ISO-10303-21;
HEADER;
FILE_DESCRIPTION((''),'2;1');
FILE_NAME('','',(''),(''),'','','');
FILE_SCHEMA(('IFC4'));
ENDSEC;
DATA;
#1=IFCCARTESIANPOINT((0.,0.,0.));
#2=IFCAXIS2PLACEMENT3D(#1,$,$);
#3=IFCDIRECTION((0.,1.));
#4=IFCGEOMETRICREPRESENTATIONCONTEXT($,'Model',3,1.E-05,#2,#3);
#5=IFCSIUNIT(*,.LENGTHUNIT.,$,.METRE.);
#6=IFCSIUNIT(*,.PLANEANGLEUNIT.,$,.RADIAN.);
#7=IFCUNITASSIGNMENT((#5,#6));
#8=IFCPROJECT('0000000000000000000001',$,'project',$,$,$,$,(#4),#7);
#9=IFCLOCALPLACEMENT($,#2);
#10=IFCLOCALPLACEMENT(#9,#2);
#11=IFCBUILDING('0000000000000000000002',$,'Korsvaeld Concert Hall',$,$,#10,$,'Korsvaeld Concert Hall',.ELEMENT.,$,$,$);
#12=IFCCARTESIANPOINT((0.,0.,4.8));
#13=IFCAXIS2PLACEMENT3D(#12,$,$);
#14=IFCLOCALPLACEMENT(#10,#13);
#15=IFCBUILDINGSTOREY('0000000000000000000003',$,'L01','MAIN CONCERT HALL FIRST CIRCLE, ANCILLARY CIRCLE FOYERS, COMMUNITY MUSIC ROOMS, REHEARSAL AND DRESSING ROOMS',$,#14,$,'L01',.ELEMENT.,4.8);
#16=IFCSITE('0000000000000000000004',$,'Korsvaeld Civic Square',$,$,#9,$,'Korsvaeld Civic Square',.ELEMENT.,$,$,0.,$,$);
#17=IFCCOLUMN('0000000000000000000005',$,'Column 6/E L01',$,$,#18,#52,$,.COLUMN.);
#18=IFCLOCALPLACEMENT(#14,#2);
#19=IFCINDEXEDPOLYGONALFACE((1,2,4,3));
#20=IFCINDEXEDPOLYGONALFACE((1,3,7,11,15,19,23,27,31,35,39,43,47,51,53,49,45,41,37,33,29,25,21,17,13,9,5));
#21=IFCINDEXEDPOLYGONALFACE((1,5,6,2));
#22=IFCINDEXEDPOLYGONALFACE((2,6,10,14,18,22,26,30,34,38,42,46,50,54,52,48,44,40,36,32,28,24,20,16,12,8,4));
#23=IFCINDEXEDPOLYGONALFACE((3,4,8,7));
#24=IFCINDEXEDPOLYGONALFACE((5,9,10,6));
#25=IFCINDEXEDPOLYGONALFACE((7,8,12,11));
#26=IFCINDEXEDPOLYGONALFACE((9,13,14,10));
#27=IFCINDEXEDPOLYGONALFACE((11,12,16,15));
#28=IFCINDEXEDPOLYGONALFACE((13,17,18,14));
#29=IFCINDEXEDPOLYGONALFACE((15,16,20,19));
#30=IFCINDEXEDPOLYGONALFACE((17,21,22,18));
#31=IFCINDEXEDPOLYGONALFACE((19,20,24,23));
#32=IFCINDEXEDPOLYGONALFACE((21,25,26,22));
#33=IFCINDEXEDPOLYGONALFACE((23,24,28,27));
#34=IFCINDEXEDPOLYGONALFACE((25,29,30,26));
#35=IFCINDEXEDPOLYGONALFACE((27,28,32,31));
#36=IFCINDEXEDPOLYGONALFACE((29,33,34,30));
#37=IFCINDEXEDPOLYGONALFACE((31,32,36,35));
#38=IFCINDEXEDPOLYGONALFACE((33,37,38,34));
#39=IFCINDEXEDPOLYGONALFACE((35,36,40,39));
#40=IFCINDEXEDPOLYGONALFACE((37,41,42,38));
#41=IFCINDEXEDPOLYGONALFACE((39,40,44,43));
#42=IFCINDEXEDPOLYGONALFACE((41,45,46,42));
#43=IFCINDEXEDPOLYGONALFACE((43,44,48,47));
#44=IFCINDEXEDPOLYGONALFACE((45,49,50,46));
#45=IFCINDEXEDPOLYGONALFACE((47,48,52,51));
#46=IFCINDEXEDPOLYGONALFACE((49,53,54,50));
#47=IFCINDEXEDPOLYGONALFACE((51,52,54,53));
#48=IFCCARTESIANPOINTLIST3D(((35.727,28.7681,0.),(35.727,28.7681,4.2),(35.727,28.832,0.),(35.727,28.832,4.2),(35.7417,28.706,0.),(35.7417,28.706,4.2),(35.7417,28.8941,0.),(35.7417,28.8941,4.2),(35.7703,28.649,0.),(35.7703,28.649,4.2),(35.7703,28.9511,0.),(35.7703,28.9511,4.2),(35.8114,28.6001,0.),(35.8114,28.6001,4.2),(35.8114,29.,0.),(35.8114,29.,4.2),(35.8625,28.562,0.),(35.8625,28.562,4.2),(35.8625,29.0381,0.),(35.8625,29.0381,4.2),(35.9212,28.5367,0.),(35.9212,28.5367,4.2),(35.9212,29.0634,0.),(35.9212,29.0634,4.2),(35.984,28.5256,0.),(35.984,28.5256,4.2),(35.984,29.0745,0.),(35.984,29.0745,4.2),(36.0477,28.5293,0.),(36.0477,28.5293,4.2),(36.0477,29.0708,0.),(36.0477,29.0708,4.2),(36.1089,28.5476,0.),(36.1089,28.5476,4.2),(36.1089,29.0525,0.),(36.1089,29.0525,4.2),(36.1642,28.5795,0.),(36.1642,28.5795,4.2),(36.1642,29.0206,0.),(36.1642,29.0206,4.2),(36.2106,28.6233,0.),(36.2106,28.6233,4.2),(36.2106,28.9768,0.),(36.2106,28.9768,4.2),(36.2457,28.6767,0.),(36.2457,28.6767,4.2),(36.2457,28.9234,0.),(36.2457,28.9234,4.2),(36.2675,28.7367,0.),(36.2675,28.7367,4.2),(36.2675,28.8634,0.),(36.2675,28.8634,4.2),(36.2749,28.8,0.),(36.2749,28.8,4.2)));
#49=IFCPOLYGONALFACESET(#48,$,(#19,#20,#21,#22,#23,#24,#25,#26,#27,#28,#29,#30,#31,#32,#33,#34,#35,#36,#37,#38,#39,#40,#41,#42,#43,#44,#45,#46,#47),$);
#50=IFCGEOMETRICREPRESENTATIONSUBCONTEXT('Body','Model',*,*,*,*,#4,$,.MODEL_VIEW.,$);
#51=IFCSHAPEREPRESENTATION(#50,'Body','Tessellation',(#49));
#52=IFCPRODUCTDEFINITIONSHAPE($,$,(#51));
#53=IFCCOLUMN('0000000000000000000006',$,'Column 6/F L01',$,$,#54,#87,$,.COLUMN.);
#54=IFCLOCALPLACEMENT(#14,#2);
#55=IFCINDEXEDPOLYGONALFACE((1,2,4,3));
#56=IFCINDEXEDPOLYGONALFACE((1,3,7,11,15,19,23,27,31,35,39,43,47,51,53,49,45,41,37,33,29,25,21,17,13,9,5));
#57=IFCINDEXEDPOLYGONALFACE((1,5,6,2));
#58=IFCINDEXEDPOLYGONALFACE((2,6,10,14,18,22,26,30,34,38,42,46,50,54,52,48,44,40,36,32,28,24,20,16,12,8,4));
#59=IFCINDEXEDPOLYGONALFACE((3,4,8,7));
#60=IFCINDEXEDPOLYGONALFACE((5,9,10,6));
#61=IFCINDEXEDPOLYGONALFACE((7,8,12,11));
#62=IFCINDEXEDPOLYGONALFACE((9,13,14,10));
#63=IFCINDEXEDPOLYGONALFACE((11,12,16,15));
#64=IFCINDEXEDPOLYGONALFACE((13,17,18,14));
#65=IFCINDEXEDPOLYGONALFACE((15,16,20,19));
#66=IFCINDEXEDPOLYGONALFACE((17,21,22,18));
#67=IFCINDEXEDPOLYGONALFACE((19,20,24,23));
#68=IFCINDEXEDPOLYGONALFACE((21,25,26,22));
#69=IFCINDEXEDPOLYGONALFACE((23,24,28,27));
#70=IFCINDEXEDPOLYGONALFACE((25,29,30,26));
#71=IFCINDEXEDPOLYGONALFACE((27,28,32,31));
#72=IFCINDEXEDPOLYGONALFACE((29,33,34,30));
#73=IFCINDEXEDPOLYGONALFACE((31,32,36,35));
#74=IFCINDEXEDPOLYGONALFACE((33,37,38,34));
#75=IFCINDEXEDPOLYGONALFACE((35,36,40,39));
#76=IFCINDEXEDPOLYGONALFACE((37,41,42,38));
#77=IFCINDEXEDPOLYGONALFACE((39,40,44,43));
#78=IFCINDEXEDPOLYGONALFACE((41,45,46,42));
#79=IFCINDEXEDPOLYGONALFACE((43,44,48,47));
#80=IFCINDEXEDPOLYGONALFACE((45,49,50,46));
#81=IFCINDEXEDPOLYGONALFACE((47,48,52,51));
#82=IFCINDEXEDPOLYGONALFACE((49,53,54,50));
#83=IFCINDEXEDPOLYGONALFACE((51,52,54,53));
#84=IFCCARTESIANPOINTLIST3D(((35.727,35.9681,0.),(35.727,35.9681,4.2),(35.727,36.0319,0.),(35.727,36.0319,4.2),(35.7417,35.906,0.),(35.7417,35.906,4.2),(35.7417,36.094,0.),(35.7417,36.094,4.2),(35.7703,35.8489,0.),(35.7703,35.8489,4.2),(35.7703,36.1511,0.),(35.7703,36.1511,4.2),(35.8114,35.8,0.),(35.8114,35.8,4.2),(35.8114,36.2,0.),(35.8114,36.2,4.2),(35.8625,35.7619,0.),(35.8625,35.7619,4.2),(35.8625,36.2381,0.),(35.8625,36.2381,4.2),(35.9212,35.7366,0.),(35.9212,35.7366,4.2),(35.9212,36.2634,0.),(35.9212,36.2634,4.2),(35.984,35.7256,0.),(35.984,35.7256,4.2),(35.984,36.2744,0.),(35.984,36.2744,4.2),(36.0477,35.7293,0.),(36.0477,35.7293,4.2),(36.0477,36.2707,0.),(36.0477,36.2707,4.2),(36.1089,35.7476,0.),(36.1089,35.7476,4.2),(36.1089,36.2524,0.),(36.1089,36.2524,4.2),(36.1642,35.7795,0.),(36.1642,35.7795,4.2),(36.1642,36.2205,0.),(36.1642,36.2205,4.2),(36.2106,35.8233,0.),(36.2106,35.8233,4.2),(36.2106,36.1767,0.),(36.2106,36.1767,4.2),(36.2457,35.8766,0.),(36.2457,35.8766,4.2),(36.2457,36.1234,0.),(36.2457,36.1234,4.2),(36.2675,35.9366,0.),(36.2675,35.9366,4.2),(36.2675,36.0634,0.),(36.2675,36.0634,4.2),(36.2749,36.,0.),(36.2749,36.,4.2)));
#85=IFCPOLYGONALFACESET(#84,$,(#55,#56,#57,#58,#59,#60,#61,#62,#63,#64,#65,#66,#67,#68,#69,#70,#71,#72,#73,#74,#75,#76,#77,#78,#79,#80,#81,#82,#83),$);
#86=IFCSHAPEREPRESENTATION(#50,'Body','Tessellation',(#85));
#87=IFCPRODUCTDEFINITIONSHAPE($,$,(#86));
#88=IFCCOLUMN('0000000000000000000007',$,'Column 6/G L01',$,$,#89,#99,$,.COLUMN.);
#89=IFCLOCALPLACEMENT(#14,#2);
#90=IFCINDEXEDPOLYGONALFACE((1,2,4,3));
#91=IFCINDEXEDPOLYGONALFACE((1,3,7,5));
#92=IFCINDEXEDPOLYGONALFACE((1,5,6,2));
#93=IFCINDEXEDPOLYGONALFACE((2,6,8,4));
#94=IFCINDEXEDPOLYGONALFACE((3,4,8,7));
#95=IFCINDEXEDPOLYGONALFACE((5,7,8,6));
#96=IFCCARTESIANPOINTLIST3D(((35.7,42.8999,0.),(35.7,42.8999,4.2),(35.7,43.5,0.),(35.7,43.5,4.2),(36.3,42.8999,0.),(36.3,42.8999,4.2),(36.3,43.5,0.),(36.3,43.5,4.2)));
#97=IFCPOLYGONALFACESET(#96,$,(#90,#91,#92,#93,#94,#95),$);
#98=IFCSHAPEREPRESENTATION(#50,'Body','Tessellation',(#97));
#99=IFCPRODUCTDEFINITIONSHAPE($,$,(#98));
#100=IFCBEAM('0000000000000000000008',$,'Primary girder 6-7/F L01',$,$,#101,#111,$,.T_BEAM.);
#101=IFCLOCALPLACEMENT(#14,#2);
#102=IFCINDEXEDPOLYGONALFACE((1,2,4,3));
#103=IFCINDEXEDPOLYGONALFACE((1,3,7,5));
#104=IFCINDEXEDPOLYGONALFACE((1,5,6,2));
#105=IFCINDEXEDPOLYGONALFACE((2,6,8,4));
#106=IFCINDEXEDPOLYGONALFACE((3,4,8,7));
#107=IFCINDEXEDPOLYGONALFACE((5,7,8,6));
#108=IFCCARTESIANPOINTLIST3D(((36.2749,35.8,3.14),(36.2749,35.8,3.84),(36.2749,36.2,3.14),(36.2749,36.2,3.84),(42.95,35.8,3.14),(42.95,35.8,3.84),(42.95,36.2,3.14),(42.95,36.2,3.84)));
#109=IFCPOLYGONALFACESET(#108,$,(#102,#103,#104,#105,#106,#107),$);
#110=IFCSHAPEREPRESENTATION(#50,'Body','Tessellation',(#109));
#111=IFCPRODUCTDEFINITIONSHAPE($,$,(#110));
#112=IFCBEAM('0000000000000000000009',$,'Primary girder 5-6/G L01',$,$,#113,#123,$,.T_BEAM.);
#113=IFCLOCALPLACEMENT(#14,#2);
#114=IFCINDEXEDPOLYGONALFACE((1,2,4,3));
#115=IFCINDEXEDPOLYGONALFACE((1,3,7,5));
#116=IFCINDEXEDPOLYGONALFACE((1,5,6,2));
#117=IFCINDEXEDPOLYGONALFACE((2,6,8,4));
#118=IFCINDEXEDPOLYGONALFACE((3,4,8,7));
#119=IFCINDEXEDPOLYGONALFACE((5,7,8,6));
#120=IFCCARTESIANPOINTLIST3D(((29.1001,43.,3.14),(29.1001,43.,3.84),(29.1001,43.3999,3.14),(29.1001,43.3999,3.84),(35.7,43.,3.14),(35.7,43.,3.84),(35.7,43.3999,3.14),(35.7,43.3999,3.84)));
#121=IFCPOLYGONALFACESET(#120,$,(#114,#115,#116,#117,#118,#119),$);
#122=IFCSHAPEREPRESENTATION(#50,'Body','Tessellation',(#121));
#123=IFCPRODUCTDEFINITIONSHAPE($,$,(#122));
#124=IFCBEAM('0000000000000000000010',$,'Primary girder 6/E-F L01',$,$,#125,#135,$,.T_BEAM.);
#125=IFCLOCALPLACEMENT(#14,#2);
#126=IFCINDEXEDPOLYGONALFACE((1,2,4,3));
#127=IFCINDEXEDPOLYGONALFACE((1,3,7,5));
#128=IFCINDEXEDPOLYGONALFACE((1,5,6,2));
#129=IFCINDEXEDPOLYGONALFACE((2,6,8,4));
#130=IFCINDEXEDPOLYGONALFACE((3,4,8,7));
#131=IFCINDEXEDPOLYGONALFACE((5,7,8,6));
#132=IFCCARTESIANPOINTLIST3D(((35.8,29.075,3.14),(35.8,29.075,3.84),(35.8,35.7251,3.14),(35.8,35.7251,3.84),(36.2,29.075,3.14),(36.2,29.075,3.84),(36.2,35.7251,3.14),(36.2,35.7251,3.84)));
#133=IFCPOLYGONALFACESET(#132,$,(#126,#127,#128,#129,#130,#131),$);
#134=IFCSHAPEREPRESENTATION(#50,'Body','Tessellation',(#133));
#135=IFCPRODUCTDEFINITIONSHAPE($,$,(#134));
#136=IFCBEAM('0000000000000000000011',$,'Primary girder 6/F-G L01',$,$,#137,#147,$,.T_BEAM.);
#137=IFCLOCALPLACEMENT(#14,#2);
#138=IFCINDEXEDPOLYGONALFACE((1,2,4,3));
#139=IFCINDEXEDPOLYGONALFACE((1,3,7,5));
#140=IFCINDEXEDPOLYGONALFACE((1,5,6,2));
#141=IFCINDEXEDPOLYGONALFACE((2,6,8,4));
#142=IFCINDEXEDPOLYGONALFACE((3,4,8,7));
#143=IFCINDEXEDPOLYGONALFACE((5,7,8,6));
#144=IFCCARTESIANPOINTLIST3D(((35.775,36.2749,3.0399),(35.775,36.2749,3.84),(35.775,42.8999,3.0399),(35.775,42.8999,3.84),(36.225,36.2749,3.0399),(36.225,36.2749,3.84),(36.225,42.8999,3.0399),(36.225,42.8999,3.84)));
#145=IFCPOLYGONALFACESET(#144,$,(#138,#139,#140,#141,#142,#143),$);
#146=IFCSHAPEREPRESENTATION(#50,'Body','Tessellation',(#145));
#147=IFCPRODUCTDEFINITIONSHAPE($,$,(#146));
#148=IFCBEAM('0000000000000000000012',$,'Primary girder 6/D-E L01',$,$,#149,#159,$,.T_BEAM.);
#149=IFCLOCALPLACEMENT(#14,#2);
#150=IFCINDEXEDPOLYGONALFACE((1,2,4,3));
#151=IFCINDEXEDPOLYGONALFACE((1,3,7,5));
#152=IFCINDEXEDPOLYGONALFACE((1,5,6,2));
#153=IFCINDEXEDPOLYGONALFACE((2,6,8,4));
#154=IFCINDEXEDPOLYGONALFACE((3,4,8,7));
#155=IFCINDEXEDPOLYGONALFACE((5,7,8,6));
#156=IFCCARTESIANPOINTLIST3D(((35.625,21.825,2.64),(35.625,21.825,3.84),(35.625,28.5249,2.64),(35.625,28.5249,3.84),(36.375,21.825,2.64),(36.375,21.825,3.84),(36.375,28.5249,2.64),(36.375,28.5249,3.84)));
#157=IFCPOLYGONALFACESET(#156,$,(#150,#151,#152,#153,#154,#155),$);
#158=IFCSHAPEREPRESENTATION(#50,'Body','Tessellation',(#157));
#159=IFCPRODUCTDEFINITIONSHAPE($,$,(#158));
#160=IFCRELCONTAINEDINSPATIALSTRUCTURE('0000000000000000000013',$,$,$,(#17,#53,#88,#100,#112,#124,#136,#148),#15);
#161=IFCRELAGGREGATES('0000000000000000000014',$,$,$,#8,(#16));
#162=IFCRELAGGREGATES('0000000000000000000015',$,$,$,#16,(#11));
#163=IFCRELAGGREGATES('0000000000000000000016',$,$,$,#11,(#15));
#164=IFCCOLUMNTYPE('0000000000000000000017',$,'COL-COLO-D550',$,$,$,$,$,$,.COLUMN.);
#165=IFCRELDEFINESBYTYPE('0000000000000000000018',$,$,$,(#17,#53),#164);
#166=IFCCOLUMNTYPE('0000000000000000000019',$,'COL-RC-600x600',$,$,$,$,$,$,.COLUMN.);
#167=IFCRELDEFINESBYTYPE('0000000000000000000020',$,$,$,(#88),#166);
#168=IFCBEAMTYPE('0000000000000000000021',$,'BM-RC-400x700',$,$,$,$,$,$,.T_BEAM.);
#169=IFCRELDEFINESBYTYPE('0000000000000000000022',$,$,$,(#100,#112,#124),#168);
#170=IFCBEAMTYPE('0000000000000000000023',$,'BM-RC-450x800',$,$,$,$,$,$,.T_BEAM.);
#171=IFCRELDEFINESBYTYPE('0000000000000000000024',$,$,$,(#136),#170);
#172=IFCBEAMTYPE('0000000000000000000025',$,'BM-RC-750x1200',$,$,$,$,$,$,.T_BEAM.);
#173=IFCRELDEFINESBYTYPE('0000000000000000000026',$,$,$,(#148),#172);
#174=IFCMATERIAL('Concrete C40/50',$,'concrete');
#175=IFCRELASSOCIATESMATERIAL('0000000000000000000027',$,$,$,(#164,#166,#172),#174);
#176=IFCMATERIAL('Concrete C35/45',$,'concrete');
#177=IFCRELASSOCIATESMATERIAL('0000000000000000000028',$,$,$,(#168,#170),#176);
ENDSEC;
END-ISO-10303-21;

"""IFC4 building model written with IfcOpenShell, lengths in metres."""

from ifc_helpers import new_model, si_unit, direction, frame, origin, origin_2d, place, context, subcontext, project, spatial, rectangle, circle, extrude, material, material_profile, profile_set, type_object, element, save


model = new_model("IFC4")

# Units and contexts
model_context = context("Model", 3, precision=1e-05, world=origin(), true_north=direction((0.0, 1.0)))
body_context = subcontext(model_context, "Body", "Model", "MODEL_VIEW")
ifc_project = project(units=[si_unit("LENGTHUNIT", "METRE"), si_unit("PLANEANGLEUNIT", "RADIAN")], contexts=[model_context])

# Site, building, storey
site_placement = place(None, origin())
site = spatial("IfcSite", under=ifc_project, at=site_placement, Name="Korsvaeld Civic Square", LongName="Korsvaeld Civic Square", CompositionType="ELEMENT", RefElevation=0.0)
building_placement = place(site_placement, origin())
building = spatial("IfcBuilding", under=site, at=building_placement, Name="Korsvaeld Concert Hall", LongName="Korsvaeld Concert Hall", CompositionType="ELEMENT")
storey_placement = place(building_placement, frame((0.0, 0.0, 4.8)))
storey = spatial("IfcBuildingStorey", under=building, at=storey_placement, Name="L01", Description="MAIN CONCERT HALL FIRST CIRCLE, ANCILLARY CIRCLE FOYERS, COMMUNITY MUSIC ROOMS, REHEARSAL AND DRESSING ROOMS", LongName="L01", CompositionType="ELEMENT", Elevation=4.8)

# Columns
ifc_material_1 = material(Name="Concrete C40/50", Category="concrete")
ifc_material_profile_1 = material_profile(ifc_material_1, circle(Radius=0.2749, at=origin_2d()), Name="RC D550")
ifc_profile_set_1 = profile_set([ifc_material_profile_1], Name="Concrete C40/50")
column_type_1 = type_object("IfcColumnType", Name="COL-COLO-D550", PredefinedType="COLUMN", material=ifc_profile_set_1)
for number, where, z_axis, x_axis, name in (
    (1, (36.0, 28.8, 0.0), (0.0, 0.0, 1.0), (1.0, 0.0, 0.0), "Column 6/E L01"),
    (2, (36.0, 36.0, 0.0), (0.0, 0.0, 1.0), (1.0, 0.0, 0.0), "Column 6/F L01"),
):
    element("IfcColumn", number, at=place(storey_placement, frame(where, z_axis=z_axis, x_axis=x_axis)), inside=storey, type_object=column_type_1, Name=name, PredefinedType="COLUMN", context=body_context, shape_type="SweptSolid", body=[
        extrude(circle(Radius=0.2749, at=origin_2d()), origin(), (0.0, 0.0, 1.0), 4.2),
    ])
ifc_material_profile_2 = material_profile(ifc_material_1, rectangle(XDim=0.6001, YDim=0.6001, at=origin_2d()), Name="RC 600x600")
ifc_profile_set_2 = profile_set([ifc_material_profile_2], Name="Concrete C40/50")
column_type_2 = type_object("IfcColumnType", Name="COL-RC-600x600", PredefinedType="COLUMN", material=ifc_profile_set_2)
column_placement = place(storey_placement, frame((36.0, 43.2, 0.0), z_axis=(0.0, 0.0, 1.0), x_axis=(1.0, 0.0, 0.0)))
element("IfcColumn", 3, at=column_placement, inside=storey, type_object=column_type_2, Name="Column 6/G L01", PredefinedType="COLUMN", context=body_context, shape_type="SweptSolid", body=[
    extrude(rectangle(XDim=0.6001, YDim=0.6001, at=origin_2d()), origin(), (0.0, 0.0, 1.0), 4.2),
])

# Beams
ifc_material_2 = material(Name="Concrete C35/45", Category="concrete")
ifc_material_profile_3 = material_profile(ifc_material_2, rectangle(XDim=0.3999, YDim=0.7, at=origin_2d()), Name="RC 400x700")
ifc_profile_set_3 = profile_set([ifc_material_profile_3], Name="Concrete C35/45")
beam_type_1 = type_object("IfcBeamType", Name="BM-RC-400x700", PredefinedType="T_BEAM", material=ifc_profile_set_3)
beam_1_placement = place(storey_placement, frame((36.2749, 36.0, 3.49), z_axis=(1.0, 0.0, 0.0), x_axis=(0.0, 1.0, 0.0)))
element("IfcBeam", 4, at=beam_1_placement, inside=storey, type_object=beam_type_1, Name="Primary girder 6-7/F L01", PredefinedType="T_BEAM", context=body_context, shape_type="SweptSolid", body=[
    extrude(rectangle(XDim=0.3999, YDim=0.7, at=origin_2d()), origin(), (0.0, 0.0, 1.0), 6.675),
])
beam_2_placement = place(storey_placement, frame((29.1001, 43.2, 3.49), z_axis=(1.0, 0.0, 0.0), x_axis=(0.0, 1.0, 0.0)))
element("IfcBeam", 5, at=beam_2_placement, inside=storey, type_object=beam_type_1, Name="Primary girder 5-6/G L01", PredefinedType="T_BEAM", context=body_context, shape_type="SweptSolid", body=[
    extrude(rectangle(XDim=0.3999, YDim=0.7, at=origin_2d()), origin(), (0.0, 0.0, 1.0), 6.5999),
])
beam_3_placement = place(storey_placement, frame((36.0, 29.075, 3.49), z_axis=(0.0, 1.0, 0.0), x_axis=(-1.0, 0.0, 0.0)))
element("IfcBeam", 6, at=beam_3_placement, inside=storey, type_object=beam_type_1, Name="Primary girder 6/E-F L01", PredefinedType="T_BEAM", context=body_context, shape_type="SweptSolid", body=[
    extrude(rectangle(XDim=0.3999, YDim=0.7, at=origin_2d()), origin(), (0.0, 0.0, 1.0), 6.6501),
])
ifc_material_profile_4 = material_profile(ifc_material_2, rectangle(XDim=0.45, YDim=0.8, at=origin_2d()), Name="RC 450x800")
ifc_profile_set_4 = profile_set([ifc_material_profile_4], Name="Concrete C35/45")
beam_type_2 = type_object("IfcBeamType", Name="BM-RC-450x800", PredefinedType="T_BEAM", material=ifc_profile_set_4)
beam_4_placement = place(storey_placement, frame((36.0, 36.2749, 3.4399), z_axis=(0.0, 1.0, 0.0), x_axis=(-1.0, 0.0, 0.0)))
element("IfcBeam", 7, at=beam_4_placement, inside=storey, type_object=beam_type_2, Name="Primary girder 6/F-G L01", PredefinedType="T_BEAM", context=body_context, shape_type="SweptSolid", body=[
    extrude(rectangle(XDim=0.45, YDim=0.8, at=origin_2d()), origin(), (0.0, 0.0, 1.0), 6.625),
])
ifc_material_profile_5 = material_profile(ifc_material_1, rectangle(XDim=0.75, YDim=1.2, at=origin_2d()), Name="RC 750x1200")
ifc_profile_set_5 = profile_set([ifc_material_profile_5], Name="Concrete C40/50")
beam_type_3 = type_object("IfcBeamType", Name="BM-RC-750x1200", PredefinedType="T_BEAM", material=ifc_profile_set_5)
beam_5_placement = place(storey_placement, frame((36.0, 21.825, 3.24), z_axis=(0.0, 1.0, 0.0), x_axis=(-1.0, 0.0, 0.0)))
element("IfcBeam", 8, at=beam_5_placement, inside=storey, type_object=beam_type_3, Name="Primary girder 6/D-E L01", PredefinedType="T_BEAM", context=body_context, shape_type="SweptSolid", body=[
    extrude(rectangle(XDim=0.75, YDim=1.2, at=origin_2d()), origin(), (0.0, 0.0, 1.0), 6.7),
])

save(model, "model.ifc")
